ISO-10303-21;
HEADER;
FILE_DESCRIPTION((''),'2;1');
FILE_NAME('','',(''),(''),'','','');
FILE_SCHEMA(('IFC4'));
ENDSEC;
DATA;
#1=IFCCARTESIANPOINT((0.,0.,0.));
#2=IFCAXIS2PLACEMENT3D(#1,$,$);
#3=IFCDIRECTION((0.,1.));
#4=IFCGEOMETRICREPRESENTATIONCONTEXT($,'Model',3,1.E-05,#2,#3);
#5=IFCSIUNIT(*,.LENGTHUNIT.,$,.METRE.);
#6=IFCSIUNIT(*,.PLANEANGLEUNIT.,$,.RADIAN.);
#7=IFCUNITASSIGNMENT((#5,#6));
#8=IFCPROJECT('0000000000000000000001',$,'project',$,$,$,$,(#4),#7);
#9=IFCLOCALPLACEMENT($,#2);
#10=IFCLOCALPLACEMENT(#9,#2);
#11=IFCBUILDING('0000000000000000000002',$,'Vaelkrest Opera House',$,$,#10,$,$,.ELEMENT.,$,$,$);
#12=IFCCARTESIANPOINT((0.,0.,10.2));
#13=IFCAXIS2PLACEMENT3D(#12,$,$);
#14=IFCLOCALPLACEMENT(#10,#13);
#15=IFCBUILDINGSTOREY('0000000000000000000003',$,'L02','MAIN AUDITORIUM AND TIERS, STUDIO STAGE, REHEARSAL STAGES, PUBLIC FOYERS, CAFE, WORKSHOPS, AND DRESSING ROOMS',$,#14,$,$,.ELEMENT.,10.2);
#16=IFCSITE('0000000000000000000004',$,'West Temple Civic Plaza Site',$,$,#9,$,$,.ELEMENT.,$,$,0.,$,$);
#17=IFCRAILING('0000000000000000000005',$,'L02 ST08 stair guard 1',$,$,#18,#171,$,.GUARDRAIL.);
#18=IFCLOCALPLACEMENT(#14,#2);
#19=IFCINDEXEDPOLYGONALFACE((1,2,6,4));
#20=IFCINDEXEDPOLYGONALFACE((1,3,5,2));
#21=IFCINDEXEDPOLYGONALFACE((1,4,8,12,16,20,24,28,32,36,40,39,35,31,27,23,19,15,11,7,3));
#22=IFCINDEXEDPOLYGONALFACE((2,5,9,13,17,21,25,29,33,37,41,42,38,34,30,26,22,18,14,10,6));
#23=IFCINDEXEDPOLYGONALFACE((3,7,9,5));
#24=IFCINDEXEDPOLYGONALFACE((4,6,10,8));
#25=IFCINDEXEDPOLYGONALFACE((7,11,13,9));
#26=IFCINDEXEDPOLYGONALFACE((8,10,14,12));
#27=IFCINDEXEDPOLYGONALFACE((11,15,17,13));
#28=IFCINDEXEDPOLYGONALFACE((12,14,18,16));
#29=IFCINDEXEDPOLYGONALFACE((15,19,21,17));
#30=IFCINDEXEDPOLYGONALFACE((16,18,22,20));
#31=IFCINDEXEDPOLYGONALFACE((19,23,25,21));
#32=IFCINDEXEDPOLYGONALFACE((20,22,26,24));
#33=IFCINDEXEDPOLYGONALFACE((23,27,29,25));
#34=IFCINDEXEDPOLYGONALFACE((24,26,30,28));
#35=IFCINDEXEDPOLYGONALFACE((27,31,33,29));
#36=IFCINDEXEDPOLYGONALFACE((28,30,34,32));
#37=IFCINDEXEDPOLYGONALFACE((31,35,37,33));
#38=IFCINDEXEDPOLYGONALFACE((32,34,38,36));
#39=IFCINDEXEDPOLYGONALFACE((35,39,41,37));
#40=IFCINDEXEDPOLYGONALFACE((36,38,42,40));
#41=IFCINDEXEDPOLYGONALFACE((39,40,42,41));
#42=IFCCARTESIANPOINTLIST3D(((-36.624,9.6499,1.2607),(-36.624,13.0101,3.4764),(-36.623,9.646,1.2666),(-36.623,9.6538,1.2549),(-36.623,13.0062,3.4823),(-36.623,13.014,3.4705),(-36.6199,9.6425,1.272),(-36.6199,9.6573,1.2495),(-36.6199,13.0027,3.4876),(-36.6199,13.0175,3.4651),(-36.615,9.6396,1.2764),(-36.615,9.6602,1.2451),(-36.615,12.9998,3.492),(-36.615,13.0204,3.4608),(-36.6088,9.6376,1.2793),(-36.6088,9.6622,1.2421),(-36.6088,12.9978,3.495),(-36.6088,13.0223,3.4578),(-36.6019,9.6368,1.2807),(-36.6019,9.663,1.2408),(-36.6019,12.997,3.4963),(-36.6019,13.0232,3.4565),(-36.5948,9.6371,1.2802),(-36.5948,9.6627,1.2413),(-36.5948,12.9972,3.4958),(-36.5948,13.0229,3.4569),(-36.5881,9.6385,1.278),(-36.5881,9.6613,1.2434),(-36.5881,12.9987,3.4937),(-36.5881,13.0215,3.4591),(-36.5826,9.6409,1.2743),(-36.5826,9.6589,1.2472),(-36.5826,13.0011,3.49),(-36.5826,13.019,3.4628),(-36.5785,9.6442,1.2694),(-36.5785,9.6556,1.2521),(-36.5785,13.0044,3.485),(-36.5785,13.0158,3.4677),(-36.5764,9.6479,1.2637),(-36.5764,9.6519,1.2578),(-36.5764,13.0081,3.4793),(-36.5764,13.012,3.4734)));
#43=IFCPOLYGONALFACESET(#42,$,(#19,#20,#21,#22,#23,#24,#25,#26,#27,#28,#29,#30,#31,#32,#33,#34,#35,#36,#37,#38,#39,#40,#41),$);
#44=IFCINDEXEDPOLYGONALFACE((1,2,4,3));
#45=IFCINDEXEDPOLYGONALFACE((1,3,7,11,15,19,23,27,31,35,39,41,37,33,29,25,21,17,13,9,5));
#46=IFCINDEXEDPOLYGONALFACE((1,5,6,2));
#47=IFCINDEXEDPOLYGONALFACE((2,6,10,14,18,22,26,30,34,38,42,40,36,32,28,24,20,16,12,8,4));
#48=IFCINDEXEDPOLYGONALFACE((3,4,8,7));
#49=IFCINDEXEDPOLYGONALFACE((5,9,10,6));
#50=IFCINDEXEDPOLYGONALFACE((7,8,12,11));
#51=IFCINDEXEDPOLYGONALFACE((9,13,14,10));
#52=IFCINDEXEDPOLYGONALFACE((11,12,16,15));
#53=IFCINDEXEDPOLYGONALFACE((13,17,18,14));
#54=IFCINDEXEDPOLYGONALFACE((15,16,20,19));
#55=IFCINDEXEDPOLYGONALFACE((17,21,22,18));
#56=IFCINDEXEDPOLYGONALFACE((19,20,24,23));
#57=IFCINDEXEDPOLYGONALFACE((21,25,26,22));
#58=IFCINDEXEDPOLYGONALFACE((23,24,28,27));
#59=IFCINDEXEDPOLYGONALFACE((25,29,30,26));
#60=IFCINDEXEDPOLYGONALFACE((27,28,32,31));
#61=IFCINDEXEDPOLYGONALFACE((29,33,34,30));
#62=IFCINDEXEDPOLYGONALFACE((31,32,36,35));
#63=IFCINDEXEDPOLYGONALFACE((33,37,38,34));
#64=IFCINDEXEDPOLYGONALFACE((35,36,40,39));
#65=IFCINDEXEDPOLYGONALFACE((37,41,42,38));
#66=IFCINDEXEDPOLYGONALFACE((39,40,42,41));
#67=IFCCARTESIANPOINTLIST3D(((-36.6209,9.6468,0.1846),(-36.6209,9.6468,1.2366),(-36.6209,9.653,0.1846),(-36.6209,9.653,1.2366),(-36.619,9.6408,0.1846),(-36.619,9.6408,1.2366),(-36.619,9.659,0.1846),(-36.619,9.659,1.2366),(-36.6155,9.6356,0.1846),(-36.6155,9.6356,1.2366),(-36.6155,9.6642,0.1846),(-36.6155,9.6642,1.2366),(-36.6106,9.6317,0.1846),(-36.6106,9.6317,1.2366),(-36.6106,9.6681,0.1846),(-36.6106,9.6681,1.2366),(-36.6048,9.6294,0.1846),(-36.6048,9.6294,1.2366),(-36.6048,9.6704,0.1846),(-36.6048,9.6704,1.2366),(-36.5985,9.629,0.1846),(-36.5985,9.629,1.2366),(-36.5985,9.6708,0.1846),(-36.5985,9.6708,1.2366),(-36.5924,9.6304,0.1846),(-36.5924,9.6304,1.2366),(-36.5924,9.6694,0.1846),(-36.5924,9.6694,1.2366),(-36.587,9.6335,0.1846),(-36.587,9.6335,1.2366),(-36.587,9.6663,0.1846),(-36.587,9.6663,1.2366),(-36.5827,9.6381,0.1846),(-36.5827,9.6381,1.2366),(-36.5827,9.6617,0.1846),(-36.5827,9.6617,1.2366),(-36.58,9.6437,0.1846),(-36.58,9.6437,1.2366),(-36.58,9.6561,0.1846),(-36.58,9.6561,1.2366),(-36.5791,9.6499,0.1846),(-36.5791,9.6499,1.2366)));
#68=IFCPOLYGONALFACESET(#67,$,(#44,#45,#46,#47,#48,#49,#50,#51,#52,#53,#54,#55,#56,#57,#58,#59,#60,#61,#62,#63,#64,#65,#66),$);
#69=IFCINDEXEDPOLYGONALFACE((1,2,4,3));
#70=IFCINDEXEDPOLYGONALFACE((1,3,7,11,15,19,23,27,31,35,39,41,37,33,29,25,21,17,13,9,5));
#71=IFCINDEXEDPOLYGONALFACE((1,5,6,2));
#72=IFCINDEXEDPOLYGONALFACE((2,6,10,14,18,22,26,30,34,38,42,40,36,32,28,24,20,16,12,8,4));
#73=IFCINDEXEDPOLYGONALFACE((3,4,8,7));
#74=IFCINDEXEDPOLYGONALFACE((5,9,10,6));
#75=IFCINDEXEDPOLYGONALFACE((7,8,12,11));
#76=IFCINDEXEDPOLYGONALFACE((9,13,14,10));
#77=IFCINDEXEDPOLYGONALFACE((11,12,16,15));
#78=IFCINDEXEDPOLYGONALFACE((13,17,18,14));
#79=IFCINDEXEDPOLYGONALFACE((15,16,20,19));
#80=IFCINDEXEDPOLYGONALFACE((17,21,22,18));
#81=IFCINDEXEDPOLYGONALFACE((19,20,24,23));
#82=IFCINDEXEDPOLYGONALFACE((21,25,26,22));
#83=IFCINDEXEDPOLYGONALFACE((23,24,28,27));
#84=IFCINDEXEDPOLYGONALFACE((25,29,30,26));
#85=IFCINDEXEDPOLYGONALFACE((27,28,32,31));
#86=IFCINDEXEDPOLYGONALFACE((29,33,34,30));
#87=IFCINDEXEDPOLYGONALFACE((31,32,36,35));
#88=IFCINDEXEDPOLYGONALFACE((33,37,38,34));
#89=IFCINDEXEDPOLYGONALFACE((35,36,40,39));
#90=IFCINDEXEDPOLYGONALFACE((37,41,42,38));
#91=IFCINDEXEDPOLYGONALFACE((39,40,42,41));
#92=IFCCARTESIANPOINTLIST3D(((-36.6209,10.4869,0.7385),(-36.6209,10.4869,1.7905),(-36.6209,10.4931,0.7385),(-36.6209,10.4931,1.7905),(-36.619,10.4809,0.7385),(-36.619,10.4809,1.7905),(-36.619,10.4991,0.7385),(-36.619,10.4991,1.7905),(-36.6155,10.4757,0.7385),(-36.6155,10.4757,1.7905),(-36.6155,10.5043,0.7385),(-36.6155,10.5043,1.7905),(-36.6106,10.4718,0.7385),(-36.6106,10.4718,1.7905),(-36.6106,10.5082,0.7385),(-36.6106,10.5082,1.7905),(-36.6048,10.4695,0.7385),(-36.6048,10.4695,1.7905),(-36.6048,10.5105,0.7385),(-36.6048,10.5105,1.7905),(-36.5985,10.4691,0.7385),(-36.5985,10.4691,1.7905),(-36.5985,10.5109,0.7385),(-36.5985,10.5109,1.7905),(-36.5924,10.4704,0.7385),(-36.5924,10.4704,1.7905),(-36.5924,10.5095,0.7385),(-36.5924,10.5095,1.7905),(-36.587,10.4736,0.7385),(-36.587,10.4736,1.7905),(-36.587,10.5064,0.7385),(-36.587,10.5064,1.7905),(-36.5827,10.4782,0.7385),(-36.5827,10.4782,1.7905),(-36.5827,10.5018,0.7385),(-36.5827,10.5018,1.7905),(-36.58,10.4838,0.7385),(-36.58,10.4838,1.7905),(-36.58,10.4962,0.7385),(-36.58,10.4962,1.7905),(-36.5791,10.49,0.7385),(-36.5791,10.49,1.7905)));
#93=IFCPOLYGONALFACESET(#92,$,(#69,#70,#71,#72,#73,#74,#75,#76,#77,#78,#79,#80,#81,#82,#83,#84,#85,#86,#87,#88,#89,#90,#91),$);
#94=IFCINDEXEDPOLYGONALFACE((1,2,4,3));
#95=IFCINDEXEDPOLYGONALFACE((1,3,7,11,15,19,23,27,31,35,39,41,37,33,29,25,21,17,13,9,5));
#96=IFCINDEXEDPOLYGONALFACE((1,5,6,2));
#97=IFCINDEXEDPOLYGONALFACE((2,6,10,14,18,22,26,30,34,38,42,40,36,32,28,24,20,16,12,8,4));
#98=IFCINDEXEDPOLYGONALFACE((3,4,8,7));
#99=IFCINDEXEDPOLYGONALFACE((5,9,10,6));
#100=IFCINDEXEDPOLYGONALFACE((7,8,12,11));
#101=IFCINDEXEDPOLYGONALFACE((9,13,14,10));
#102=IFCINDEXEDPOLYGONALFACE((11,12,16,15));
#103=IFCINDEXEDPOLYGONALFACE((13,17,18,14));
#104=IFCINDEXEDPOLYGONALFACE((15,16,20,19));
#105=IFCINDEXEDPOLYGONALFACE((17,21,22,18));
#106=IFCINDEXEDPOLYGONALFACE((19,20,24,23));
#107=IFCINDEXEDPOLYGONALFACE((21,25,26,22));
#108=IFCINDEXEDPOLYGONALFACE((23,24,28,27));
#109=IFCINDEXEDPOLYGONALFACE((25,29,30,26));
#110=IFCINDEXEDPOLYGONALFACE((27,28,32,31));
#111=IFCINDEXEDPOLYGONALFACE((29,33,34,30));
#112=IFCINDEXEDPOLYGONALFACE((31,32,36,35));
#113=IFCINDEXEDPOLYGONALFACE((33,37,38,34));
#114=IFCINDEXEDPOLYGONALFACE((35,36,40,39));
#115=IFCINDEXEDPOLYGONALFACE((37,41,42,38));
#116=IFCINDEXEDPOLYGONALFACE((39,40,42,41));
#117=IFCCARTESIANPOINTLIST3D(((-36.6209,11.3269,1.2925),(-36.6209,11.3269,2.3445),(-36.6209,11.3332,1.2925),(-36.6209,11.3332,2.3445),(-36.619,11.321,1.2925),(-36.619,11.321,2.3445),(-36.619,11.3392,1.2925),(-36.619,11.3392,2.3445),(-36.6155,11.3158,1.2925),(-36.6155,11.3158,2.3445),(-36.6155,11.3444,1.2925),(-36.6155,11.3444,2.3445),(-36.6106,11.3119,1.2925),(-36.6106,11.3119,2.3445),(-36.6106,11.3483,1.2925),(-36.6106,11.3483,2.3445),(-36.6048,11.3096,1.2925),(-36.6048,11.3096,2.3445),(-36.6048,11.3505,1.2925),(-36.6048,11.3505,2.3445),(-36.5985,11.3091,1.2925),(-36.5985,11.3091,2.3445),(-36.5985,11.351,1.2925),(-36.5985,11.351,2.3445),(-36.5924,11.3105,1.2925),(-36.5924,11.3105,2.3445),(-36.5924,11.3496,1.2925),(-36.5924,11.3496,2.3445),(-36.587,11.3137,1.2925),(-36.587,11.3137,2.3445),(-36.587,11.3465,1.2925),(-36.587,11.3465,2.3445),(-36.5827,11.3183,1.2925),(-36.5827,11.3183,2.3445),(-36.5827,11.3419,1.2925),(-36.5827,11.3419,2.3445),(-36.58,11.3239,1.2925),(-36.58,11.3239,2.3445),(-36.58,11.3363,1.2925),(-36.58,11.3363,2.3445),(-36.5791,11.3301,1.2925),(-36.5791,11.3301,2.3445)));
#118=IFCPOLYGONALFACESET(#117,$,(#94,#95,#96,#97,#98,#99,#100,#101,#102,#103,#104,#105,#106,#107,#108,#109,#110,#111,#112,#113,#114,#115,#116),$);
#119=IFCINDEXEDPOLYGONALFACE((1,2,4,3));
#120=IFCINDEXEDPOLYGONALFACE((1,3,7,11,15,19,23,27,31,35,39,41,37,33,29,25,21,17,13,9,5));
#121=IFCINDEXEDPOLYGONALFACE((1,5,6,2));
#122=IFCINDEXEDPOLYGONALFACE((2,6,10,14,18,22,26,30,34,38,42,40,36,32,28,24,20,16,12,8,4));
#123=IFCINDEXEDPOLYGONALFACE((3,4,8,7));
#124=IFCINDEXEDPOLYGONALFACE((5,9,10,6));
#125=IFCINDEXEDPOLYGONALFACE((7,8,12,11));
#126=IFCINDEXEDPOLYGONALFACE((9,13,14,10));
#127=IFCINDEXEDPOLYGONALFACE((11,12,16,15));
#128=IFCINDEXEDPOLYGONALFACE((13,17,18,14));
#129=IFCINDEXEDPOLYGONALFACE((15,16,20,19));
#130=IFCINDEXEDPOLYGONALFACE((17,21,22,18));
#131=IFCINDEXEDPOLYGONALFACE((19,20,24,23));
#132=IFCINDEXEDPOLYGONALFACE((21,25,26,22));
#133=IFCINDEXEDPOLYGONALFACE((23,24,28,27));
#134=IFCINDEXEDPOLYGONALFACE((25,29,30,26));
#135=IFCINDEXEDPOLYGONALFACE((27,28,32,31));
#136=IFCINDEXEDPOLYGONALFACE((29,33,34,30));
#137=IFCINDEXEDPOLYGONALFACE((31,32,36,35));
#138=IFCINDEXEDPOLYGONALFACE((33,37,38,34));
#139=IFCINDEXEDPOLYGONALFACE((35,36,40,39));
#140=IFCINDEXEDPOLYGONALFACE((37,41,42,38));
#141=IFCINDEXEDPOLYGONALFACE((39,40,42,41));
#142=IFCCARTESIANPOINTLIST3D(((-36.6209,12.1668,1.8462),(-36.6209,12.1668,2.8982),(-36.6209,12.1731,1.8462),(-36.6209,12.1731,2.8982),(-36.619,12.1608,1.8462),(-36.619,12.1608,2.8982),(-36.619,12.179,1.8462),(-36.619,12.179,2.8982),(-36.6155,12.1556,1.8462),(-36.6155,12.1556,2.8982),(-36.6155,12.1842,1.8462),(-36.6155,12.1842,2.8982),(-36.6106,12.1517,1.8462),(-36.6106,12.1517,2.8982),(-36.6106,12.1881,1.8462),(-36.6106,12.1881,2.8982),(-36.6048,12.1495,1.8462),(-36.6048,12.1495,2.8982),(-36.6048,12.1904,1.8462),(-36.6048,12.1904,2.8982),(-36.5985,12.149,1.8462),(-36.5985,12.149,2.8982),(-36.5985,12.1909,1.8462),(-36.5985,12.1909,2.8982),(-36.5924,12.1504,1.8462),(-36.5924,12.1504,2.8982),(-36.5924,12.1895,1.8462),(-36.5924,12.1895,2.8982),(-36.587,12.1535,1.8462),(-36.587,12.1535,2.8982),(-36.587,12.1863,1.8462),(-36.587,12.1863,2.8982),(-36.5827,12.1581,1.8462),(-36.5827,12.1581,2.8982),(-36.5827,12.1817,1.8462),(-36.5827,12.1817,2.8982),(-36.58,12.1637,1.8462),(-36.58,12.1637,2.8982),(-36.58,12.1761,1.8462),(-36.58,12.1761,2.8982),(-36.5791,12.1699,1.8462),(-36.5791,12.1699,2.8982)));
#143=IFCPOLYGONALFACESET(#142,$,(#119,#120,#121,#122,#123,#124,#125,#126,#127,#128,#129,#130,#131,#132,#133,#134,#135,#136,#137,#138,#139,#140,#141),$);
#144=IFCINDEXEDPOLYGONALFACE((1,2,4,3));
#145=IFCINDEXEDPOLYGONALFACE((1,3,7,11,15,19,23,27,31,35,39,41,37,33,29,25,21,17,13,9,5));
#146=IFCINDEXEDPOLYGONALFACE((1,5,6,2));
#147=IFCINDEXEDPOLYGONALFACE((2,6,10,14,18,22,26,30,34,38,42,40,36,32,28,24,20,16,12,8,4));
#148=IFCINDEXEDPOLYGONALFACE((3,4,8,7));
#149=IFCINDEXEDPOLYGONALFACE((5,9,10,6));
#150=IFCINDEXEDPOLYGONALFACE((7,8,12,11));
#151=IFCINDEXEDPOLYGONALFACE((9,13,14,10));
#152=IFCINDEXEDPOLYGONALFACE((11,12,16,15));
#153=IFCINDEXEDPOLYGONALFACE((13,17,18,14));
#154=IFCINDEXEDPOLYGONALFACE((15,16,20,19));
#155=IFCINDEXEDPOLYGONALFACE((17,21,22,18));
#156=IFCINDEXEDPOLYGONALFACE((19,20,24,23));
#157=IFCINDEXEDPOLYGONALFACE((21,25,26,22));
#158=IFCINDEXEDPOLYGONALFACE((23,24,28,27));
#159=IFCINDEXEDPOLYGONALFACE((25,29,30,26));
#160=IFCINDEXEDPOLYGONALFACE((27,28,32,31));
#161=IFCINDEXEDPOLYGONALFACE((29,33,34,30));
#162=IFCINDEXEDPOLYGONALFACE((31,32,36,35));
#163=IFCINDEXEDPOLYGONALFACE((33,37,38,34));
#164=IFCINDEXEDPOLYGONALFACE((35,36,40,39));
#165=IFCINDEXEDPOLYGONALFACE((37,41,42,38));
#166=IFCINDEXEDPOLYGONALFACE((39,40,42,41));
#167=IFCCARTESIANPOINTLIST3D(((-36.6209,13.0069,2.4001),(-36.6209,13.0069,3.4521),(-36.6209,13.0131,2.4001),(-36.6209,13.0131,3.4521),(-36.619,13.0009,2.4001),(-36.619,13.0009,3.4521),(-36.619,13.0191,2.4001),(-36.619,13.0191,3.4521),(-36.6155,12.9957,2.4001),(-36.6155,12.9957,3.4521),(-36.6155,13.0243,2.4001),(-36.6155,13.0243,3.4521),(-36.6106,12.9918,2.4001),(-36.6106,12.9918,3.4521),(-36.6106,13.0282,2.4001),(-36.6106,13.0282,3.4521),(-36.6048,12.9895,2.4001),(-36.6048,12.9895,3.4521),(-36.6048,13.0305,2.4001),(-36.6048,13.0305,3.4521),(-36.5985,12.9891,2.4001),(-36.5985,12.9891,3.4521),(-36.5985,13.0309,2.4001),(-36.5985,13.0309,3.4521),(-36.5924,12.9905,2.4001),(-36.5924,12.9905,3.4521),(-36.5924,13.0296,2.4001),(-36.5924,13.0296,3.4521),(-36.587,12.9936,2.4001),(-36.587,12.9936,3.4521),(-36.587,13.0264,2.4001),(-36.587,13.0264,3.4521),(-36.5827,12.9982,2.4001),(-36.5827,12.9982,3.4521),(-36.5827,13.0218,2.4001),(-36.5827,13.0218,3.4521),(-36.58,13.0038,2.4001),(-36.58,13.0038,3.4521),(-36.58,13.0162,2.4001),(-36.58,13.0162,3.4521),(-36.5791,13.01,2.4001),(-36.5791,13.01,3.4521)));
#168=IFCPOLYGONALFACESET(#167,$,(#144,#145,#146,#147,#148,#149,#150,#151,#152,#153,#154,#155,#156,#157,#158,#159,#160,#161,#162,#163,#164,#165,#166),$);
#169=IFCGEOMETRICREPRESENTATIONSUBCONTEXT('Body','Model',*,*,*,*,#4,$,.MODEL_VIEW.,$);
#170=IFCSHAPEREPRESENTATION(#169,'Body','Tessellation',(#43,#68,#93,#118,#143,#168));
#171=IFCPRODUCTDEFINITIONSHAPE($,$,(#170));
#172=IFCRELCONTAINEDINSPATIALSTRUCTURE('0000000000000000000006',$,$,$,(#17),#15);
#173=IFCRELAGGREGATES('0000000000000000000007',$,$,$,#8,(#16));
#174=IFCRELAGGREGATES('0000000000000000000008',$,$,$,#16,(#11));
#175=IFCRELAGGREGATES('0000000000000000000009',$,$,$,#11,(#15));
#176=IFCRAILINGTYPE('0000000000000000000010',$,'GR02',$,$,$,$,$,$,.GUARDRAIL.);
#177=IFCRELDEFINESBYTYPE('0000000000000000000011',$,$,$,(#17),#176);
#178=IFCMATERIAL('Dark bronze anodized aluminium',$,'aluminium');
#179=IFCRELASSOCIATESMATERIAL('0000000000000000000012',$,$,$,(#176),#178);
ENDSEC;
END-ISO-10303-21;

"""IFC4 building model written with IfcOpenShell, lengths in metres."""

from ifc_helpers import new_model, si_unit, direction, frame, origin, origin_2d, place, context, subcontext, project, spatial, circle, extrude, material, type_object, element, save


model = new_model("IFC4")

# Units and contexts
model_context = context("Model", 3, precision=1e-05, world=origin(), true_north=direction((0.0, 1.0)))
body_context = subcontext(model_context, "Body", "Model", "MODEL_VIEW")
ifc_project = project(units=[si_unit("LENGTHUNIT", "METRE"), si_unit("PLANEANGLEUNIT", "RADIAN")], contexts=[model_context])

# Site, building, storey
site_placement = place(None, origin())
site = spatial("IfcSite", under=ifc_project, at=site_placement, Name="West Temple Civic Plaza Site", CompositionType="ELEMENT", RefElevation=0.0)
building_placement = place(site_placement, origin())
building = spatial("IfcBuilding", under=site, at=building_placement, Name="Vaelkrest Opera House", CompositionType="ELEMENT")
storey_placement = place(building_placement, frame((0.0, 0.0, 10.2)))
storey = spatial("IfcBuildingStorey", under=building, at=storey_placement, Name="L02", Description="MAIN AUDITORIUM AND TIERS, STUDIO STAGE, REHEARSAL STAGES, PUBLIC FOYERS, CAFE, WORKSHOPS, AND DRESSING ROOMS", CompositionType="ELEMENT", Elevation=10.2)

# Shared definitions
ifc_material_1 = material(Name="Dark bronze anodized aluminium", Category="aluminium")

# Railing
railing_type_1 = type_object("IfcRailingType", Name="GR02", PredefinedType="GUARDRAIL", material=ifc_material_1)
railing_1_placement = place(storey_placement, frame((-36.6001, 9.6499, 0.1846)))
element("IfcRailing", 1, at=railing_1_placement, inside=storey, type_object=railing_type_1, Name="L02 ST08 stair guard 1", PredefinedType="GUARDRAIL", context=body_context, shape_type="SweptSolid", body=[
    extrude(circle(Radius=0.0239, at=origin_2d()), frame((0.0, 0.0, 1.0762), z_axis=(0.0, 0.834849, 0.55048), x_axis=(-1.0, 0.0, 0.0)), (0.0, 0.0, 1.0), 4.0249),
    extrude(circle(Radius=0.021, at=origin_2d()), origin(), (0.0, 0.0, 1.0), 1.052),
    extrude(circle(Radius=0.021, at=origin_2d()), frame((0.0, 0.8401, 0.554)), (0.0, 0.0, 1.0), 1.052),
    extrude(circle(Radius=0.021, at=origin_2d()), frame((0.0, 1.6802, 1.1079)), (0.0, 0.0, 1.0), 1.052),
    extrude(circle(Radius=0.021, at=origin_2d()), frame((0.0, 2.52, 1.6616)), (0.0, 0.0, 1.0), 1.052),
    extrude(circle(Radius=0.021, at=origin_2d()), frame((0.0, 3.3601, 2.2156)), (0.0, 0.0, 1.0), 1.052),
])

save(model, "model.ifc")
